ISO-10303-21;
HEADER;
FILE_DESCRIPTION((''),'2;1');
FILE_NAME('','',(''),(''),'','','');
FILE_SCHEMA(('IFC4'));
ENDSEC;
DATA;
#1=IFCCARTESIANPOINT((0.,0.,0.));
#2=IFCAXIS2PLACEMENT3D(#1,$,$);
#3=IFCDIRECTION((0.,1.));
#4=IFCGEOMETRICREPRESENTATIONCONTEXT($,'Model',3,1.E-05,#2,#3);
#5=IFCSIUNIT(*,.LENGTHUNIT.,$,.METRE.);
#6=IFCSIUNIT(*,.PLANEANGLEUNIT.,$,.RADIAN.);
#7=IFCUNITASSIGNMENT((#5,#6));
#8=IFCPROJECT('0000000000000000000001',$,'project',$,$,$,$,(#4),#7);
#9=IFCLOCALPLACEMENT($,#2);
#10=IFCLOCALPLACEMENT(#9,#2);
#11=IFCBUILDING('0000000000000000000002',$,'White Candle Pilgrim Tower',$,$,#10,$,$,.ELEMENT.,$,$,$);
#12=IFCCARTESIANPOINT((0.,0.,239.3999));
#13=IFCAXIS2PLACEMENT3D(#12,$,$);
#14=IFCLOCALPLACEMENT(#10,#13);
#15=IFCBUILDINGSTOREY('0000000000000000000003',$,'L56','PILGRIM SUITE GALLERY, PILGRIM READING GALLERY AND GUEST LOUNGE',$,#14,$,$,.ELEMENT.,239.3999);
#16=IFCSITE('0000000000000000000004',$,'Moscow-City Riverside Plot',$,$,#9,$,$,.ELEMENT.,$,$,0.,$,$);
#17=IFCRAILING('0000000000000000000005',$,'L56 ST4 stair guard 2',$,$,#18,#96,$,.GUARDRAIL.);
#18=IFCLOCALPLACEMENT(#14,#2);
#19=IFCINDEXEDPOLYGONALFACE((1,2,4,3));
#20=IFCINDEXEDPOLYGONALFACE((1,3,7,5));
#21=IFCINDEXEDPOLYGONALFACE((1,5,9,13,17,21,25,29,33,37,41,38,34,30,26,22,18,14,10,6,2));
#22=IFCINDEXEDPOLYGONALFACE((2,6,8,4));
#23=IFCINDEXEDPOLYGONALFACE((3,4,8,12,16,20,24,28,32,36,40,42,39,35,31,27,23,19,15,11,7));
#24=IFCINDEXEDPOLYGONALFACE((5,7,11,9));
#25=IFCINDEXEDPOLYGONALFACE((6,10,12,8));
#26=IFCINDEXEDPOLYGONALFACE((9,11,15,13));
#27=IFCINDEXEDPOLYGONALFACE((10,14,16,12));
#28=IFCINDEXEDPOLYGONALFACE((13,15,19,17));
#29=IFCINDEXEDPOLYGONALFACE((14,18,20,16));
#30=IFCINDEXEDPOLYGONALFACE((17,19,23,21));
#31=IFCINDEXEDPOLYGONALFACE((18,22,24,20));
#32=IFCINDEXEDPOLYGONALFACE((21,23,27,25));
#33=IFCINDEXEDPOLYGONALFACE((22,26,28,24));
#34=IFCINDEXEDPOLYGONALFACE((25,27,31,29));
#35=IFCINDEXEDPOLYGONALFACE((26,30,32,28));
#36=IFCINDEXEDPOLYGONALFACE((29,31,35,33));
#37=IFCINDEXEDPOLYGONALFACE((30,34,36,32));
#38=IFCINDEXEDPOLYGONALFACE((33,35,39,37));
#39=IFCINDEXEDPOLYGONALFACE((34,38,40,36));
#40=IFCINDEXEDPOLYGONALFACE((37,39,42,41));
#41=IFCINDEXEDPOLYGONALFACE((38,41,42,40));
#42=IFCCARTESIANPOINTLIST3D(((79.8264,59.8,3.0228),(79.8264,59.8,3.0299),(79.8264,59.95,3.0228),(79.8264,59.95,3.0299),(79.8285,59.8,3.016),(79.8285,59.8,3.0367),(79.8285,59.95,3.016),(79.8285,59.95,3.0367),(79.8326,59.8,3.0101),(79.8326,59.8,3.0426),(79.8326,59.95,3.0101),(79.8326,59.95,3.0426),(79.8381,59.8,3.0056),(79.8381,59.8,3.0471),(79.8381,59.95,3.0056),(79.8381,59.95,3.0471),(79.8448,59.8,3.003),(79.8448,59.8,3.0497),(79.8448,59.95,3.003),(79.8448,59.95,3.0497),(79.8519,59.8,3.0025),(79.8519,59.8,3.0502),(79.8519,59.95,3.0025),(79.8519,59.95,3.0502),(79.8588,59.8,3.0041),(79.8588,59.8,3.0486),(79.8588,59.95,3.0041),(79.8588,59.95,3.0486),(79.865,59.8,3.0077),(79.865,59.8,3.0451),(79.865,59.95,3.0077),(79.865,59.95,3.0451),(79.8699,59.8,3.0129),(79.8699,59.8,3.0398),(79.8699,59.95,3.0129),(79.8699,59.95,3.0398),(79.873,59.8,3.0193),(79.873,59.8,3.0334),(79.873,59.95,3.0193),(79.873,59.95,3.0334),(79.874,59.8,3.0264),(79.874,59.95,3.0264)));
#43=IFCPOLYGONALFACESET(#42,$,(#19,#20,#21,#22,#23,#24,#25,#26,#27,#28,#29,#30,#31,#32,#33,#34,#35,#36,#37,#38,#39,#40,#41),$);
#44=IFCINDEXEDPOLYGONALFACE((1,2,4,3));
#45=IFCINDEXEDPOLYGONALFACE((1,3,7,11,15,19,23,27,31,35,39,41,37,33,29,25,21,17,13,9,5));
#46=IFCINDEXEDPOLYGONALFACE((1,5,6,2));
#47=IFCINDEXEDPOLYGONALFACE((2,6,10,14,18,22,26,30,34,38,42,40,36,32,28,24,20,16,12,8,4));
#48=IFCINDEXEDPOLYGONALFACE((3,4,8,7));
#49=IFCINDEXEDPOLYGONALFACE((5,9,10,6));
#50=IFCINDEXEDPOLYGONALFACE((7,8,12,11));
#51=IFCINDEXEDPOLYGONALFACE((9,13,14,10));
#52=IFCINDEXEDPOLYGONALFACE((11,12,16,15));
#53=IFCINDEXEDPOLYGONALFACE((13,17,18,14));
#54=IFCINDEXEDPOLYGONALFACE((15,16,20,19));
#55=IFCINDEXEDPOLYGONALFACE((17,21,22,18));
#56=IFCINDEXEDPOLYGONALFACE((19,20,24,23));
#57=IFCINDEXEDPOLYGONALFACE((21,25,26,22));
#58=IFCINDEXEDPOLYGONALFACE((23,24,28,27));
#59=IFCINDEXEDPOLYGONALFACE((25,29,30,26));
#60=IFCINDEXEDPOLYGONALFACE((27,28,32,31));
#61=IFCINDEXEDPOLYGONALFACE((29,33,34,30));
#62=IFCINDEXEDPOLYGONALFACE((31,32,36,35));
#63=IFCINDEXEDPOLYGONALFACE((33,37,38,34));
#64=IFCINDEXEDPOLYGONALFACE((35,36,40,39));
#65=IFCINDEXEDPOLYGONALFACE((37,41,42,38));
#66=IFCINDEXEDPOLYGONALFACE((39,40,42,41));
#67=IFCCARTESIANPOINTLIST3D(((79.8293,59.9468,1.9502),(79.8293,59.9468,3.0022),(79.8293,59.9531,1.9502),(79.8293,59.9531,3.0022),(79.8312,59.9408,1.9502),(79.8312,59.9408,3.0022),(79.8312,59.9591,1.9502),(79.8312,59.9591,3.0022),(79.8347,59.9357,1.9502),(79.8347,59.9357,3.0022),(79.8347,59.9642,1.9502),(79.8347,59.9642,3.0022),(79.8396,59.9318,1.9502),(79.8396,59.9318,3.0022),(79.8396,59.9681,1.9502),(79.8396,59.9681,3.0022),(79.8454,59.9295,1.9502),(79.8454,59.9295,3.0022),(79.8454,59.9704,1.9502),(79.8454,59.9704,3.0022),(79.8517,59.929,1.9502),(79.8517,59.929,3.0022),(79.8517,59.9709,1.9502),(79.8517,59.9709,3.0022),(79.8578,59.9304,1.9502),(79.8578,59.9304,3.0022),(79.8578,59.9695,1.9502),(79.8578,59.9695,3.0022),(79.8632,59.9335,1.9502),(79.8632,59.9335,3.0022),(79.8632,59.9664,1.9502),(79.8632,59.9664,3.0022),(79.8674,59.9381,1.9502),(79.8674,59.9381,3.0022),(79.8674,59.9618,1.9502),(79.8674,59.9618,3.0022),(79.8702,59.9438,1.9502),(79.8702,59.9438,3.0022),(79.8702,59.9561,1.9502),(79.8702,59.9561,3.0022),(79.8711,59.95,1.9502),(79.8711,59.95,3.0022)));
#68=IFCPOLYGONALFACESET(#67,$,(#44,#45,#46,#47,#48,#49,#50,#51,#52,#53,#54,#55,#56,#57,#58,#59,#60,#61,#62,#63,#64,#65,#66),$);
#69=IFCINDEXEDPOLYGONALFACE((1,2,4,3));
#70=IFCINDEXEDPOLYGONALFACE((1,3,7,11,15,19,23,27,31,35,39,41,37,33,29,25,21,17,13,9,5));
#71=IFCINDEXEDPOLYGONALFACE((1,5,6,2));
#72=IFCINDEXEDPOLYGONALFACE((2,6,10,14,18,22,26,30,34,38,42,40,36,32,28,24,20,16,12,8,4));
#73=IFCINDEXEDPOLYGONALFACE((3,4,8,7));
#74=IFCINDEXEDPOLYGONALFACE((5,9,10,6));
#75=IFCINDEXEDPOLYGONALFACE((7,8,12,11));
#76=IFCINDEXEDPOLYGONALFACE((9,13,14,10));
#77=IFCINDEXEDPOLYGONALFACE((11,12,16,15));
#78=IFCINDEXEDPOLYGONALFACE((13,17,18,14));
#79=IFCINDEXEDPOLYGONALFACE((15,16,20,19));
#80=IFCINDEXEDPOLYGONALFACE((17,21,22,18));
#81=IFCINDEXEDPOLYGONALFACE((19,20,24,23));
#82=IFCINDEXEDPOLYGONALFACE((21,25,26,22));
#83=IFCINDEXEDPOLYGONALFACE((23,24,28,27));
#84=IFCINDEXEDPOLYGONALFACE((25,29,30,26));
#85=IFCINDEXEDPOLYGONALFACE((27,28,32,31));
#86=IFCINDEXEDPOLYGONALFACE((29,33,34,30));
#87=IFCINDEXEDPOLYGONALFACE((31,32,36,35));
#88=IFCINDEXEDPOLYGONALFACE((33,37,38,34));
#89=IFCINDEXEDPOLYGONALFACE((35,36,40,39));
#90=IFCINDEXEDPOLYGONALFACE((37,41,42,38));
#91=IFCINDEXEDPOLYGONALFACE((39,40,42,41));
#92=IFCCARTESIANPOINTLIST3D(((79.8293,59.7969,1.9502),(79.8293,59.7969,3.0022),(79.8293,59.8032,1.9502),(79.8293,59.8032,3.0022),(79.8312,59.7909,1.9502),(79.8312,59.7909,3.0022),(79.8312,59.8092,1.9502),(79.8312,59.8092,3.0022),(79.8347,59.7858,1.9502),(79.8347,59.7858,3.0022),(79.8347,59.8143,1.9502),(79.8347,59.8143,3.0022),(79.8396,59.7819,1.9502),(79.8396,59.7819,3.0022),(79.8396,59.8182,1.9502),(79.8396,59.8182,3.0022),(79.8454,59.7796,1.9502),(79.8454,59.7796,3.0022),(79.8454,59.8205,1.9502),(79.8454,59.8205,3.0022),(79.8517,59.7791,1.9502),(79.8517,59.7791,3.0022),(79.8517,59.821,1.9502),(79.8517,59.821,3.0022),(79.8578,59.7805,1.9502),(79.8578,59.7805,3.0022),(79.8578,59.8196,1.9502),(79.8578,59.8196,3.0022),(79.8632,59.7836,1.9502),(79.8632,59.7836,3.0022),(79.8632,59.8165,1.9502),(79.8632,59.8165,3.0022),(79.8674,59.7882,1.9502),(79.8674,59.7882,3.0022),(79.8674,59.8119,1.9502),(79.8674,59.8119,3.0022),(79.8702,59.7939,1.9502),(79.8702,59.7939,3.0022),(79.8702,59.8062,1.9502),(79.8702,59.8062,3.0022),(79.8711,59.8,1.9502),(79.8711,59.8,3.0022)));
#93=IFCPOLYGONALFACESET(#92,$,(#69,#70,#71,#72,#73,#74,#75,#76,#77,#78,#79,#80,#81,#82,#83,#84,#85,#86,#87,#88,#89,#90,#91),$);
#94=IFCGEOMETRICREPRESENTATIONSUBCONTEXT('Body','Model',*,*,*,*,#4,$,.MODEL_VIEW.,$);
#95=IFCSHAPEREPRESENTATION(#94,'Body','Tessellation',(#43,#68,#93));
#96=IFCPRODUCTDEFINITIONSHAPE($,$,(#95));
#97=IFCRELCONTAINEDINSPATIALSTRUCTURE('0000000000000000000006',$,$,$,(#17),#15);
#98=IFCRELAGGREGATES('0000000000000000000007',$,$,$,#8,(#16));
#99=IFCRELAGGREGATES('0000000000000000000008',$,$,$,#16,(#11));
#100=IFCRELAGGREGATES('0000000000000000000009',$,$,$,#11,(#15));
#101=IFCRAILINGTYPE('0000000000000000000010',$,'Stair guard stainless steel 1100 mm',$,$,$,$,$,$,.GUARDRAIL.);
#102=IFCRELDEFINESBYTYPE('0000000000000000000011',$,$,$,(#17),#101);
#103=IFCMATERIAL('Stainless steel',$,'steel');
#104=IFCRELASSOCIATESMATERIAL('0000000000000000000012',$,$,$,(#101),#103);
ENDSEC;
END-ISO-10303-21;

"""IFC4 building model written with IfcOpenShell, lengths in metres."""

from ifc_helpers import new_model, si_unit, direction, frame, origin, origin_2d, place, context, subcontext, project, spatial, circle, extrude, material, type_object, element, save


model = new_model("IFC4")

# Units and contexts
model_context = context("Model", 3, precision=1e-05, world=origin(), true_north=direction((0.0, 1.0)))
body_context = subcontext(model_context, "Body", "Model", "MODEL_VIEW")
ifc_project = project(units=[si_unit("LENGTHUNIT", "METRE"), si_unit("PLANEANGLEUNIT", "RADIAN")], contexts=[model_context])

# Site, building, storey
site_placement = place(None, origin())
site = spatial("IfcSite", under=ifc_project, at=site_placement, Name="Moscow-City Riverside Plot", CompositionType="ELEMENT", RefElevation=0.0)
building_placement = place(site_placement, origin())
building = spatial("IfcBuilding", under=site, at=building_placement, Name="White Candle Pilgrim Tower", CompositionType="ELEMENT")
storey_placement = place(building_placement, frame((0.0, 0.0, 239.3999)))
storey = spatial("IfcBuildingStorey", under=building, at=storey_placement, Name="L56", Description="PILGRIM SUITE GALLERY, PILGRIM READING GALLERY AND GUEST LOUNGE", CompositionType="ELEMENT", Elevation=239.3999)

# Railing
ifc_material_1 = material(Name="Stainless steel", Category="steel")
railing_type_1 = type_object("IfcRailingType", Name="Stair guard stainless steel 1100 mm", PredefinedType="GUARDRAIL", material=ifc_material_1)
railing_1_placement = place(storey_placement, frame((79.8501, 59.95, 1.9502)))
element("IfcRailing", 1, at=railing_1_placement, inside=storey, type_object=railing_type_1, Name="L56 ST4 stair guard 2", PredefinedType="GUARDRAIL", context=body_context, shape_type="SweptSolid", body=[
    extrude(circle(Radius=0.0239, at=origin_2d()), frame((0.0, 0.0, 1.0762), z_axis=(0.0, -1.0, 0.0), x_axis=(1.0, 0.0, 0.0)), (0.0, 0.0, 1.0), 0.1499),
    extrude(circle(Radius=0.021, at=origin_2d()), origin(), (0.0, 0.0, 1.0), 1.052),
    extrude(circle(Radius=0.021, at=origin_2d()), frame((0.0, -0.1499, 0.0)), (0.0, 0.0, 1.0), 1.052),
])

save(model, "model.ifc")
